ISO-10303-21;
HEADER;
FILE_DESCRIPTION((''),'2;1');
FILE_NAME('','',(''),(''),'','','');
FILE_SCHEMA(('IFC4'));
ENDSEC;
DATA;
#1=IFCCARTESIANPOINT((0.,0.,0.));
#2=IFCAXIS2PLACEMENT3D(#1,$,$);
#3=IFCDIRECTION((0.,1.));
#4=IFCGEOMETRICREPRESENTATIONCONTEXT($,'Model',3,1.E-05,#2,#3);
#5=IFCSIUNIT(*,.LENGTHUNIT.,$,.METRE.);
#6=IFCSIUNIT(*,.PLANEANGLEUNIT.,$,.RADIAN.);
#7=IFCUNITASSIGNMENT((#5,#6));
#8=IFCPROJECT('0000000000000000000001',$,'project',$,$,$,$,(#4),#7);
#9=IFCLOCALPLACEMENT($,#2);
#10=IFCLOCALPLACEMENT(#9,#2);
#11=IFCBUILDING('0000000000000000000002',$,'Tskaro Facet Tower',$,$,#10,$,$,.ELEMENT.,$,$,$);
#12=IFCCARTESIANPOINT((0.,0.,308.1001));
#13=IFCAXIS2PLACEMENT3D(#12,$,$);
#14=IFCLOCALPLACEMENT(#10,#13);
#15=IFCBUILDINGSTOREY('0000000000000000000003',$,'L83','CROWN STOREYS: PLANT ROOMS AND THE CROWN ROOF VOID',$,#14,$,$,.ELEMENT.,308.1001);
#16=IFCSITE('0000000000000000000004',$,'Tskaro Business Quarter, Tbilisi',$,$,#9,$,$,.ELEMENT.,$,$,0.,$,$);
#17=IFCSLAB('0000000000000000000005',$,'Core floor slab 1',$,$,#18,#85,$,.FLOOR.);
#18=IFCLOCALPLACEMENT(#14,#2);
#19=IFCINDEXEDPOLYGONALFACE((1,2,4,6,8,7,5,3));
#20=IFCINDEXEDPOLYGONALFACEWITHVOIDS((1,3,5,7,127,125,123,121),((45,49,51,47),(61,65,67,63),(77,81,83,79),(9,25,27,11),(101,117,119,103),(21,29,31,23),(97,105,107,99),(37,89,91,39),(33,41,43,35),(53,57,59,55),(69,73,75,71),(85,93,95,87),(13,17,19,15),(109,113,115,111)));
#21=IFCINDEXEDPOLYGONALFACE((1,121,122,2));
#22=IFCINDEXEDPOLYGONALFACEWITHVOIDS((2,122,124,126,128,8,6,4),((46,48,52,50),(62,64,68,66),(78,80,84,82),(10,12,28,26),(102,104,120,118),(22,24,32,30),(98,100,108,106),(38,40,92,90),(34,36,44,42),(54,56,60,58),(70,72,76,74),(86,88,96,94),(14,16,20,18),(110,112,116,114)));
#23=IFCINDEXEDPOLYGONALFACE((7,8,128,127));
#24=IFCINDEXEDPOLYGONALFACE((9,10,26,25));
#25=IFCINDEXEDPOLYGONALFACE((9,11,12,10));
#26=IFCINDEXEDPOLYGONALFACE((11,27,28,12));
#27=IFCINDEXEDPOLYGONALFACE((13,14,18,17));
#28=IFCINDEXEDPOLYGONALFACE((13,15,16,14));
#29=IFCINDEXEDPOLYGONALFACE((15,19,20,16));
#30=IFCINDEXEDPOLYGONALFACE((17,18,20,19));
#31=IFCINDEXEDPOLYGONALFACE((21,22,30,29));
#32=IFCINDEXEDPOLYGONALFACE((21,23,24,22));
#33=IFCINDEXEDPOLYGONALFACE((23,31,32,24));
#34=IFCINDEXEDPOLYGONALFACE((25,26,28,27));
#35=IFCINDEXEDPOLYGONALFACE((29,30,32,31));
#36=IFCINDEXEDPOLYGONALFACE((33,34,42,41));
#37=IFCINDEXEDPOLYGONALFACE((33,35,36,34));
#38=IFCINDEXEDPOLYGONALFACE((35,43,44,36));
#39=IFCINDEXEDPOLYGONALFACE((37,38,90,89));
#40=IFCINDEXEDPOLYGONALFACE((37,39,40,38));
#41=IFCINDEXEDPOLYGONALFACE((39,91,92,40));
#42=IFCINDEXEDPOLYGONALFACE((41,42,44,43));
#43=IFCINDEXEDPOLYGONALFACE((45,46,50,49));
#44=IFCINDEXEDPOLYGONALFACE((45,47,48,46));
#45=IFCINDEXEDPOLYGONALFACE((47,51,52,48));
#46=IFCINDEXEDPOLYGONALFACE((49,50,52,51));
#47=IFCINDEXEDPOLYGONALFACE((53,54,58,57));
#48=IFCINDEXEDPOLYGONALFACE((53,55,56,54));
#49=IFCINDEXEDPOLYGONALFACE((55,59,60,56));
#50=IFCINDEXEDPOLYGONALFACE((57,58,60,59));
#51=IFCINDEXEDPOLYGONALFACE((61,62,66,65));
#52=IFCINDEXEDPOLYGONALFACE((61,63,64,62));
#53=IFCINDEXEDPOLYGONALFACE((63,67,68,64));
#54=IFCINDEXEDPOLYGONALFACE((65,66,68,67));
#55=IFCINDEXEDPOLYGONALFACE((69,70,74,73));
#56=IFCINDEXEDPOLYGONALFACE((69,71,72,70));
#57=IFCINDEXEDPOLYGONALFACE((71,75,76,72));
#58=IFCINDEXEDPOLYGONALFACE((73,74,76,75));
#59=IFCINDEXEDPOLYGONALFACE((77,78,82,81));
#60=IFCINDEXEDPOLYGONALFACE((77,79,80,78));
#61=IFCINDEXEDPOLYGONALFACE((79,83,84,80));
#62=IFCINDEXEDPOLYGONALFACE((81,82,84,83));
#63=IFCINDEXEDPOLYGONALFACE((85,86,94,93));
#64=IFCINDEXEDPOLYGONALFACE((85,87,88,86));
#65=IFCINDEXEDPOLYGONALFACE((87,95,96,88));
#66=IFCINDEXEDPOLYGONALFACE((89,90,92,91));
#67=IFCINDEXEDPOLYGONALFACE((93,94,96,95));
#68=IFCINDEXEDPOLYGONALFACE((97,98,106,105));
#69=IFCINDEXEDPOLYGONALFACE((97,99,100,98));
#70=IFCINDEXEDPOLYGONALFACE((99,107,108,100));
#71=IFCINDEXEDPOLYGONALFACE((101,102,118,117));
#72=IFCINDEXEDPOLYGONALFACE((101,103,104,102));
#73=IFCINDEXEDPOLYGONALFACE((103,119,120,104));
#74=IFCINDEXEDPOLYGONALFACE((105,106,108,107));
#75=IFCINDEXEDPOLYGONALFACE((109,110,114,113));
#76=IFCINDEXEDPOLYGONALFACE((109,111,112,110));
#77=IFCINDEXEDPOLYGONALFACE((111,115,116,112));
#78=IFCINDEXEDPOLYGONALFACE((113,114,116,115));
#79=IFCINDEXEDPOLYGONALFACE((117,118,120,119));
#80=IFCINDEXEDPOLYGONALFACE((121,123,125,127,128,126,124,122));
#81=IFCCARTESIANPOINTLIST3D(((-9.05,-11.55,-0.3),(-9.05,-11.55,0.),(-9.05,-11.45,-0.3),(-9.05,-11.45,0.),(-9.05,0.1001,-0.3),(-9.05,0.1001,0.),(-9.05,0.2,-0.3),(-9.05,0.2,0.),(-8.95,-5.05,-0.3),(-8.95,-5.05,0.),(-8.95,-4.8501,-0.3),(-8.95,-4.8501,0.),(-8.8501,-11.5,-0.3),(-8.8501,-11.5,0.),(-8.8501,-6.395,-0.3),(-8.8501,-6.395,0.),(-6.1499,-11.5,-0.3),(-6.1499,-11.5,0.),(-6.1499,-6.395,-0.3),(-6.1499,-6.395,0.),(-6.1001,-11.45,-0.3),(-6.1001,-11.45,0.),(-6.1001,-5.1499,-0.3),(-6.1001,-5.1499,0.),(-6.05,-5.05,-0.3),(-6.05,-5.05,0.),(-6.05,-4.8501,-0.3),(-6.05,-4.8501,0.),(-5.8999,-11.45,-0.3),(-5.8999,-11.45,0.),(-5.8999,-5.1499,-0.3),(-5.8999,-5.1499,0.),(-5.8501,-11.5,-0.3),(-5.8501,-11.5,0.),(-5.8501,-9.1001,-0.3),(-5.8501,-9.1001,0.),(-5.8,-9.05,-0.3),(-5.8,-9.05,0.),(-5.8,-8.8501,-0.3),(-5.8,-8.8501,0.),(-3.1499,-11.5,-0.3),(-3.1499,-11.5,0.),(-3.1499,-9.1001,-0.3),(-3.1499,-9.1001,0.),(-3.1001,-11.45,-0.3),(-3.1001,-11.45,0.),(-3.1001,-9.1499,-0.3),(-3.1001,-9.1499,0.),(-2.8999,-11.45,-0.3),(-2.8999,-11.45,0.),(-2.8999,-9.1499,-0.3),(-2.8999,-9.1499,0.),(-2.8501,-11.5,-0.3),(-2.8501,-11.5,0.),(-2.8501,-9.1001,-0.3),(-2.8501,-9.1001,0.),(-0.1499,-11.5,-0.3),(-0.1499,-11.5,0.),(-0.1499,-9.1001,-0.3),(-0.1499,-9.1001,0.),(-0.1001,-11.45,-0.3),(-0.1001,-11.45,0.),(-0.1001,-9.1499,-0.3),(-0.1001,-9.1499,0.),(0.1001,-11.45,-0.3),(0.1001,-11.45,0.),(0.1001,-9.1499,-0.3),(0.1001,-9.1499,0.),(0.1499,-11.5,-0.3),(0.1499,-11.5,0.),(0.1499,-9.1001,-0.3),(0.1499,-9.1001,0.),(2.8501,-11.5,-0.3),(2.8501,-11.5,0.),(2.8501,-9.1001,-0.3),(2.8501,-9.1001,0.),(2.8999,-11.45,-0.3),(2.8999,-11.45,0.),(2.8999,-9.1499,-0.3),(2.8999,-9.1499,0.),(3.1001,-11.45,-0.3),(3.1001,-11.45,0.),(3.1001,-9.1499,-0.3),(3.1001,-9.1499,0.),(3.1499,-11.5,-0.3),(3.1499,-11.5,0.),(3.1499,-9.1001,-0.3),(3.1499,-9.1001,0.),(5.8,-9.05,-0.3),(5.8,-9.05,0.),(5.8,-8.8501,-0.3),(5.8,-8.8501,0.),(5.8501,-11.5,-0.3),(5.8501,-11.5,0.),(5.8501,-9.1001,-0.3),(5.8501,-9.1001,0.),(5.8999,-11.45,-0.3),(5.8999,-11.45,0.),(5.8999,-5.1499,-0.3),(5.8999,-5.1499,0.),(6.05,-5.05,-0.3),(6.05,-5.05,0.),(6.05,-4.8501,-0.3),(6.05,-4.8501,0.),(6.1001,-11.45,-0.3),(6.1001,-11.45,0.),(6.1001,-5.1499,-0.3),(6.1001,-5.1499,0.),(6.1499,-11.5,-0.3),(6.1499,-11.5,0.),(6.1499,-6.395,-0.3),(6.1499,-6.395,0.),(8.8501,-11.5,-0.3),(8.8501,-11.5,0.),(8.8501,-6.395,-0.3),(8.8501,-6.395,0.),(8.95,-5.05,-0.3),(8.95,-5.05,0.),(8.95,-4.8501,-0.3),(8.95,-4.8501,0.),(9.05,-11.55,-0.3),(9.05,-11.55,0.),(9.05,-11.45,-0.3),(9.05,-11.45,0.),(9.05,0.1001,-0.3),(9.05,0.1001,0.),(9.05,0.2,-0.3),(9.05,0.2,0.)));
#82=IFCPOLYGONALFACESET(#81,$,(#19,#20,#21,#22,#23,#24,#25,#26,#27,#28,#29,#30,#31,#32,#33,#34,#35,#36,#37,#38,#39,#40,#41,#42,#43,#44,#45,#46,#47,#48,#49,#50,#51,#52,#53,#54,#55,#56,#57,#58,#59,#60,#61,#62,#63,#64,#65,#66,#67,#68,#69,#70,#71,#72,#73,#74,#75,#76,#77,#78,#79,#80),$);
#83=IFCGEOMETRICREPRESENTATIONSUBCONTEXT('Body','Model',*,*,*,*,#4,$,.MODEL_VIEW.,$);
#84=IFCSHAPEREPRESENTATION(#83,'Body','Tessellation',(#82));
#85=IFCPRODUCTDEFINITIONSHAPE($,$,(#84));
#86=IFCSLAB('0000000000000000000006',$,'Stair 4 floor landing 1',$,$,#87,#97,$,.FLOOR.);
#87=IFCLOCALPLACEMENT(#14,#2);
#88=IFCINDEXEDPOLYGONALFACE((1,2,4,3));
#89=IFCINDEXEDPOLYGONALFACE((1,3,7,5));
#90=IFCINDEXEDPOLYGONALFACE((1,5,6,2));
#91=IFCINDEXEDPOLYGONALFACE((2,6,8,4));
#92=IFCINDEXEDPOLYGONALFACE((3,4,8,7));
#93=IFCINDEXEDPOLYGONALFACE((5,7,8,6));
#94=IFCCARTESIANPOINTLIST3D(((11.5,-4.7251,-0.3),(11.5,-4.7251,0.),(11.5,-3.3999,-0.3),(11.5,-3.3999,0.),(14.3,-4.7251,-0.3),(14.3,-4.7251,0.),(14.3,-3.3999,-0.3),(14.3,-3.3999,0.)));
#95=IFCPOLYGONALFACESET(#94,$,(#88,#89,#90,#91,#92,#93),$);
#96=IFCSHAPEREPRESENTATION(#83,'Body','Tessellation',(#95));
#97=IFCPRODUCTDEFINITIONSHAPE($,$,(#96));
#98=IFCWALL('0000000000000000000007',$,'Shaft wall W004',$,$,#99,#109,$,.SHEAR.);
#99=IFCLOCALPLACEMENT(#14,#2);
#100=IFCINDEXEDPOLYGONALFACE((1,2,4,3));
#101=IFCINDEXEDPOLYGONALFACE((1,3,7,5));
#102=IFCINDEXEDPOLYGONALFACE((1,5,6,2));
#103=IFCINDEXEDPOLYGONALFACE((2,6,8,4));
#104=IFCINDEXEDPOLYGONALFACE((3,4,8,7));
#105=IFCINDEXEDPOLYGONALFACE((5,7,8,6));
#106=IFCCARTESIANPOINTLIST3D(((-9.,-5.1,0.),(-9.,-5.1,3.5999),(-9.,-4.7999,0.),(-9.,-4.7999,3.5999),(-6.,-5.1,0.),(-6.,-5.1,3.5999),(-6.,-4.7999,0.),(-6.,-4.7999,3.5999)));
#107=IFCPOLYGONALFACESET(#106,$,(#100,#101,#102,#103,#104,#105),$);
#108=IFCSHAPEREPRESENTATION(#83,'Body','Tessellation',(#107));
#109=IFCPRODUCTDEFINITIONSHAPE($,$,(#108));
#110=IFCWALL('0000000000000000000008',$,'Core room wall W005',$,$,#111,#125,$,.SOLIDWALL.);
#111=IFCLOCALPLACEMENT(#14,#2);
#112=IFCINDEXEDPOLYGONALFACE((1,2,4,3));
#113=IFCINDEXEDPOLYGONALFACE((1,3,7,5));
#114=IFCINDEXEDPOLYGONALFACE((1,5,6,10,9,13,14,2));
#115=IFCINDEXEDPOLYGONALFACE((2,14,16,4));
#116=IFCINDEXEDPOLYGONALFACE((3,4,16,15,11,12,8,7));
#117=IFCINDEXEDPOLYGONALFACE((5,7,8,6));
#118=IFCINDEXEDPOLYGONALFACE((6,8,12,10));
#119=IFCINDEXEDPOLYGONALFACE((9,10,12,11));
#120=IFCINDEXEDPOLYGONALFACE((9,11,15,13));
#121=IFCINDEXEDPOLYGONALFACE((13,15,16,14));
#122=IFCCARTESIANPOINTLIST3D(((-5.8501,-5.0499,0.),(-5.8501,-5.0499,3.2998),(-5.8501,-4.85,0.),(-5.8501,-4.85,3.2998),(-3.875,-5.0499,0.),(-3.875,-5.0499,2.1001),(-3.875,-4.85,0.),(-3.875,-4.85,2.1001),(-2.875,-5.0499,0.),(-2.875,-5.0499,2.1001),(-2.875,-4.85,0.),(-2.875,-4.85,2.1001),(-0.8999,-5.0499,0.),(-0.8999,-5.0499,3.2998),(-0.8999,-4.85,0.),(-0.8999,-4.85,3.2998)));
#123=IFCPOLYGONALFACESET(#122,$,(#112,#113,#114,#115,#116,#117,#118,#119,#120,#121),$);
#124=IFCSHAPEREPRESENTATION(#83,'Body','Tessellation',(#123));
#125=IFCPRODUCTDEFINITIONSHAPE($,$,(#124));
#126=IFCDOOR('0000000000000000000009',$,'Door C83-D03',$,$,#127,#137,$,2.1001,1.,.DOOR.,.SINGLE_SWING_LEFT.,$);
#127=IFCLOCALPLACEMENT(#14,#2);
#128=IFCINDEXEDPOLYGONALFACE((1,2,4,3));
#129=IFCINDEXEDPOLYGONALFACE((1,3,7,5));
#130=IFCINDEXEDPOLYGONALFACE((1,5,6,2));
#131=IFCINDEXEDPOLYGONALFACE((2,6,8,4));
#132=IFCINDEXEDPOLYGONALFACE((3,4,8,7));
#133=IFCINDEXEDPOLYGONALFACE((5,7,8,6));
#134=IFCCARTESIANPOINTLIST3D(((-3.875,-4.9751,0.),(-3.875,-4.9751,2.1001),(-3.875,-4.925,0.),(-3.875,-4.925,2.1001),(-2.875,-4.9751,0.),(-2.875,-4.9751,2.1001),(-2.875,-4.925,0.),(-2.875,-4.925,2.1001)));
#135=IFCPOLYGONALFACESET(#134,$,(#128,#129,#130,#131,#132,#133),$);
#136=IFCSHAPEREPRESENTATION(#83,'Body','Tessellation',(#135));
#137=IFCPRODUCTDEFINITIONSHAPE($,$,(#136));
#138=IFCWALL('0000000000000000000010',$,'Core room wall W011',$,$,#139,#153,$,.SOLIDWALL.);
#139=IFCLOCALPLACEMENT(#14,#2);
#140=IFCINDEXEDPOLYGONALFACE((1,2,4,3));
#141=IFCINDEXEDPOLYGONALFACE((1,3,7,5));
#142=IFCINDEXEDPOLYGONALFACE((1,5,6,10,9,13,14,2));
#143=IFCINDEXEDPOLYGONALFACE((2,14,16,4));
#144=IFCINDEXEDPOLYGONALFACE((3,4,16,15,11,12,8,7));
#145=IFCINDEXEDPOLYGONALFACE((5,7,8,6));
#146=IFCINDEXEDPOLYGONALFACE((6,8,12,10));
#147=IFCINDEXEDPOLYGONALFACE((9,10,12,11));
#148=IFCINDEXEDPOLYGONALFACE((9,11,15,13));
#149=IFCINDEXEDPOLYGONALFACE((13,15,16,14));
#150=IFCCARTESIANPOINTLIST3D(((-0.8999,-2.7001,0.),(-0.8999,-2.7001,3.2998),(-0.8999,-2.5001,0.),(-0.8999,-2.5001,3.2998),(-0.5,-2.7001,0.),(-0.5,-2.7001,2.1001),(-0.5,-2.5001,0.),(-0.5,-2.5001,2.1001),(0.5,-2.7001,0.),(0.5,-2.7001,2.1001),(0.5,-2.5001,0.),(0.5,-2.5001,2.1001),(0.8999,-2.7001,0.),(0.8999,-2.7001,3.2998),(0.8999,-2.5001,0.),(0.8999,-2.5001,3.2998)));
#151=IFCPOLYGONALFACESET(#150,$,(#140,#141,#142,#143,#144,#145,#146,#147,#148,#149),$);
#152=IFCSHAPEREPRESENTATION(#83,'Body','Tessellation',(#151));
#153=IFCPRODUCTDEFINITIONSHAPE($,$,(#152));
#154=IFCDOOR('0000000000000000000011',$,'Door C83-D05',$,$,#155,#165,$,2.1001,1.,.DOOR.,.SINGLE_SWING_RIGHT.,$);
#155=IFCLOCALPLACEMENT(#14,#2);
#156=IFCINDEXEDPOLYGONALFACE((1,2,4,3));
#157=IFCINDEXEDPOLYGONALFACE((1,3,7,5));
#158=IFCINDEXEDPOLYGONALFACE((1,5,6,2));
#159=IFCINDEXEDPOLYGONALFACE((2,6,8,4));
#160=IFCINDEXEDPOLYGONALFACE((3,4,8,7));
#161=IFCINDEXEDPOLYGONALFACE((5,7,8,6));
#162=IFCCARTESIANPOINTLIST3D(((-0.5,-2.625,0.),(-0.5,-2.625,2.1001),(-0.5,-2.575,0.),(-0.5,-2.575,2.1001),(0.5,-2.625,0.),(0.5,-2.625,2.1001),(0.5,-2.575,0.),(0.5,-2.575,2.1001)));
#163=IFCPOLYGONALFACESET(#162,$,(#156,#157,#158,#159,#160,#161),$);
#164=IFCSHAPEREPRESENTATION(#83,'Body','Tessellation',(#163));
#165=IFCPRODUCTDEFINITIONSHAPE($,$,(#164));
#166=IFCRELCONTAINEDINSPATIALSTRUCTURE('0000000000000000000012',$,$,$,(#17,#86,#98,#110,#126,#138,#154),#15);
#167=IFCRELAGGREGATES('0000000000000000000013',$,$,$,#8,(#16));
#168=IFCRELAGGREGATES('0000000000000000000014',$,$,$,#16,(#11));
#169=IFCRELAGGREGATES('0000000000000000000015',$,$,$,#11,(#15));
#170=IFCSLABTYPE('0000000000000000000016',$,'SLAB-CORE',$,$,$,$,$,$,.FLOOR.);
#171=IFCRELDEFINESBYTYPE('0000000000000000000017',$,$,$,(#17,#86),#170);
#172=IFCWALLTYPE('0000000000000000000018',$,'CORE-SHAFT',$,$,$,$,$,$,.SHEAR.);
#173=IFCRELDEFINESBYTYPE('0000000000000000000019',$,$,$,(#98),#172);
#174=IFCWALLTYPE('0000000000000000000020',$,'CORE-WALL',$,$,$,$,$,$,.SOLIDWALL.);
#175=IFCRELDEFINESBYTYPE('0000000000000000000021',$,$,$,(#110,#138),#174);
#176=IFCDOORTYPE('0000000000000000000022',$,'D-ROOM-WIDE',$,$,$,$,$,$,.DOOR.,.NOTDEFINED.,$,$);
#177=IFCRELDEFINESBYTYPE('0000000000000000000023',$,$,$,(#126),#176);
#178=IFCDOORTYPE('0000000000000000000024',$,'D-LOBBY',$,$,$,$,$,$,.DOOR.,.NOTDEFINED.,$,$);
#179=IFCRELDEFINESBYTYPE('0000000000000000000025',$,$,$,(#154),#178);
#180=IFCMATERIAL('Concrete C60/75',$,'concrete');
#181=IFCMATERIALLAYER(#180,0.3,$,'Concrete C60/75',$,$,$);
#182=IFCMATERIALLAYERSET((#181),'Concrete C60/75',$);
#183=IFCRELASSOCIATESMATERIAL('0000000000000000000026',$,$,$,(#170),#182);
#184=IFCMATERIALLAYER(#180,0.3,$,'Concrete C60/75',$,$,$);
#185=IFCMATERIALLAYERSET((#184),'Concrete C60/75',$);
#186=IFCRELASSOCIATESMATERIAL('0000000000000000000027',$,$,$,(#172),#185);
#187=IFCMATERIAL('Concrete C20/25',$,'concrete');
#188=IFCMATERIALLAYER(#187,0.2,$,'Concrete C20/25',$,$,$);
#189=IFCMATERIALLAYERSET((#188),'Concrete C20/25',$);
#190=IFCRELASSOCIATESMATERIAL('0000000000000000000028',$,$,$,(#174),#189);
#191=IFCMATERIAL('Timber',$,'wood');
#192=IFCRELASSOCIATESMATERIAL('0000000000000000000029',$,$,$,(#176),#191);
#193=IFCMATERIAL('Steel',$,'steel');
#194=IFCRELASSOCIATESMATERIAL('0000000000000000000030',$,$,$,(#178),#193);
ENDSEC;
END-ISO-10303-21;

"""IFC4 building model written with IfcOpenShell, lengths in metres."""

from ifc_helpers import new_model, si_unit, direction, frame, frame_2d, origin, place, context, subcontext, project, spatial, polyline, rectangle, outline, extrude, material, layer, layer_set, type_object, element, fill, save


model = new_model("IFC4")

# Units and contexts
model_context = context("Model", 3, precision=1e-05, world=origin(), true_north=direction((0.0, 1.0)))
body_context = subcontext(model_context, "Body", "Model", "MODEL_VIEW")
ifc_project = project(units=[si_unit("LENGTHUNIT", "METRE"), si_unit("PLANEANGLEUNIT", "RADIAN")], contexts=[model_context])

# Site, building, storey
site_placement = place(None, origin())
site = spatial("IfcSite", under=ifc_project, at=site_placement, Name="Tskaro Business Quarter, Tbilisi", CompositionType="ELEMENT", RefElevation=0.0)
building_placement = place(site_placement, origin())
building = spatial("IfcBuilding", under=site, at=building_placement, Name="Tskaro Facet Tower", CompositionType="ELEMENT")
storey_placement = place(building_placement, frame((0.0, 0.0, 308.1001)))
storey = spatial("IfcBuildingStorey", under=building, at=storey_placement, Name="L83", Description="CROWN STOREYS: PLANT ROOMS AND THE CROWN ROOF VOID", CompositionType="ELEMENT", Elevation=308.1001)

# Slabs
ifc_material_1 = material(Name="Concrete C60/75", Category="concrete")
ifc_layer_1 = layer(ifc_material_1, 0.3, Name="Concrete C60/75")
ifc_layer_set_1 = layer_set([ifc_layer_1], Name="Concrete C60/75")
slab_type_1 = type_object("IfcSlabType", Name="SLAB-CORE", PredefinedType="FLOOR", material=ifc_layer_set_1)
slab_1_placement = place(storey_placement, frame((0.0, 0.0, -0.3)))
element("IfcSlab", 1, at=slab_1_placement, inside=storey, type_object=slab_type_1, Name="Core floor slab 1", PredefinedType="FLOOR", context=body_context, shape_type="SweptSolid", body=[
    extrude(outline(polyline([(-9.05, 0.2), (9.05, 0.2), (9.05, 0.1001), (9.05, -11.45), (9.05, -11.55), (-9.05, -11.55), (-9.05, -11.45), (-9.05, 0.1001), (-9.05, 0.2)]), holes=[polyline([(-5.8501, -11.5), (-3.1499, -11.5), (-3.1499, -9.1001), (-5.8501, -9.1001), (-5.8501, -11.5)]), polyline([(-2.8999, -11.45), (-2.8999, -9.1499), (-3.1001, -9.1499), (-3.1001, -11.45), (-2.8999, -11.45)]), polyline([(-2.8501, -9.1001), (-2.8501, -11.5), (-0.1499, -11.5), (-0.1499, -9.1001), (-2.8501, -9.1001)]), polyline([(-0.1001, -11.45), (0.1001, -11.45), (0.1001, -9.1499), (-0.1001, -9.1499), (-0.1001, -11.45)]), polyline([(5.8, -9.05), (5.8, -8.8501), (-5.8, -8.8501), (-5.8, -9.05), (5.8, -9.05)]), polyline([(-5.8999, -11.45), (-5.8999, -5.1499), (-6.1001, -5.1499), (-6.1001, -11.45), (-5.8999, -11.45)]), polyline([(-8.95, -5.05), (-6.05, -5.05), (-6.05, -4.8501), (-8.95, -4.8501), (-8.95, -5.05)]), polyline([(0.1499, -11.5), (2.8501, -11.5), (2.8501, -9.1001), (0.1499, -9.1001), (0.1499, -11.5)]), polyline([(3.1001, -11.45), (3.1001, -9.1499), (2.8999, -9.1499), (2.8999, -11.45), (3.1001, -11.45)]), polyline([(3.1499, -11.5), (5.8501, -11.5), (5.8501, -9.1001), (3.1499, -9.1001), (3.1499, -11.5)]), polyline([(5.8999, -11.45), (6.1001, -11.45), (6.1001, -5.1499), (5.8999, -5.1499), (5.8999, -11.45)]), polyline([(6.05, -5.05), (8.95, -5.05), (8.95, -4.8501), (6.05, -4.8501), (6.05, -5.05)]), polyline([(-8.8501, -11.5), (-6.1499, -11.5), (-6.1499, -6.395), (-8.8501, -6.395), (-8.8501, -11.5)]), polyline([(6.1499, -6.395), (6.1499, -11.5), (8.8501, -11.5), (8.8501, -6.395), (6.1499, -6.395)])]), origin(), (0.0, 0.0, 1.0), 0.3),
])
slab_2_placement = place(storey_placement, frame((0.0, 0.0, -0.3)))
element("IfcSlab", 2, at=slab_2_placement, inside=storey, type_object=slab_type_1, Name="Stair 4 floor landing 1", PredefinedType="FLOOR", context=body_context, shape_type="SweptSolid", body=[
    extrude(outline(polyline([(11.5, -4.7251), (14.3, -4.7251), (14.3, -3.3999), (11.5, -3.3999), (11.5, -4.7251)])), origin(), (0.0, 0.0, 1.0), 0.3),
])

# Wall
ifc_layer_2 = layer(ifc_material_1, 0.3, Name="Concrete C60/75")
ifc_layer_set_2 = layer_set([ifc_layer_2], Name="Concrete C60/75")
wall_type_1 = type_object("IfcWallType", Name="CORE-SHAFT", PredefinedType="SHEAR", material=ifc_layer_set_2)
wall_1_placement = place(storey_placement, frame((-9.0, -4.95, 0.0), z_axis=(0.0, 0.0, 1.0), x_axis=(1.0, 0.0, 0.0)))
element("IfcWall", 3, at=wall_1_placement, inside=storey, type_object=wall_type_1, Name="Shaft wall W004", PredefinedType="SHEAR", context=body_context, shape_type="SweptSolid", body=[
    extrude(rectangle(XDim=3.0, YDim=0.3, at=frame_2d((1.5, 0.0))), origin(), (0.0, 0.0, 1.0), 3.5999),
])

# Walls, openings, doors
ifc_material_2 = material(Name="Concrete C20/25", Category="concrete")
ifc_layer_3 = layer(ifc_material_2, 0.2, Name="Concrete C20/25")
ifc_layer_set_3 = layer_set([ifc_layer_3], Name="Concrete C20/25")
wall_type_2 = type_object("IfcWallType", Name="CORE-WALL", PredefinedType="SOLIDWALL", material=ifc_layer_set_3)
wall_2_placement = place(storey_placement, frame((-5.8501, -4.95, 0.0), z_axis=(0.0, 0.0, 1.0), x_axis=(1.0, 0.0, 0.0)))
wall_2 = element("IfcWall", 4, at=wall_2_placement, inside=storey, type_object=wall_type_2, Name="Core room wall W005", PredefinedType="SOLIDWALL", context=body_context, shape_type="SweptSolid", body=[
    extrude(rectangle(XDim=4.9502, YDim=0.2, at=frame_2d((2.4751, 0.0))), origin(), (0.0, 0.0, 1.0), 3.2998),
])
opening_1_placement = place(wall_2_placement, frame((1.9751, 0.0, 0.0)))
opening_1 = element("IfcOpeningElement", 5, at=opening_1_placement, cuts=wall_2, PredefinedType="OPENING", context=body_context, shape_type="SweptSolid", body=[
    extrude(rectangle(XDim=1.0, YDim=2.1001, at=frame_2d((0.5, 1.05))), frame((0.0, 0.1099, 0.0), z_axis=(0.0, -1.0, 0.0), x_axis=(1.0, 0.0, 0.0)), (0.0, 0.0, 1.0), 0.22),
])
ifc_material_3 = material(Name="Timber", Category="wood")
door_type_1 = type_object("IfcDoorType", Name="D-ROOM-WIDE", OperationType="NOTDEFINED", PredefinedType="DOOR", material=ifc_material_3)
door_1_placement = place(opening_1_placement, origin())
door_1 = element("IfcDoor", 6, at=door_1_placement, inside=storey, type_object=door_type_1, Name="Door C83-D03", OperationType="SINGLE_SWING_LEFT", OverallHeight=2.1001, OverallWidth=1.0, PredefinedType="DOOR", context=body_context, shape_type="SweptSolid", body=[
    extrude(rectangle(XDim=1.0, YDim=2.1001, at=frame_2d((0.5, 1.05))), frame((0.0, 0.0249, 0.0), z_axis=(0.0, -1.0, 0.0), x_axis=(1.0, 0.0, 0.0)), (0.0, 0.0, 1.0), 0.05),
])
fill(opening_1, door_1)
wall_3_placement = place(storey_placement, frame((0.8999, -2.6001, 0.0), z_axis=(0.0, 0.0, 1.0), x_axis=(-1.0, 0.0, 0.0)))
wall_3 = element("IfcWall", 7, at=wall_3_placement, inside=storey, type_object=wall_type_2, Name="Core room wall W011", PredefinedType="SOLIDWALL", context=body_context, shape_type="SweptSolid", body=[
    extrude(rectangle(XDim=1.7998, YDim=0.2, at=frame_2d((0.8999, 0.0))), origin(), (0.0, 0.0, 1.0), 3.2998),
])
opening_2_placement = place(wall_3_placement, frame((0.3999, 0.0, 0.0)))
opening_2 = element("IfcOpeningElement", 8, at=opening_2_placement, cuts=wall_3, PredefinedType="OPENING", context=body_context, shape_type="SweptSolid", body=[
    extrude(rectangle(XDim=1.0, YDim=2.1001, at=frame_2d((0.5, 1.05))), frame((0.0, 0.1099, 0.0), z_axis=(0.0, -1.0, 0.0), x_axis=(1.0, 0.0, 0.0)), (0.0, 0.0, 1.0), 0.22),
])
ifc_material_4 = material(Name="Steel", Category="steel")
door_type_2 = type_object("IfcDoorType", Name="D-LOBBY", OperationType="NOTDEFINED", PredefinedType="DOOR", material=ifc_material_4)
door_2_placement = place(opening_2_placement, origin())
door_2 = element("IfcDoor", 9, at=door_2_placement, inside=storey, type_object=door_type_2, Name="Door C83-D05", OperationType="SINGLE_SWING_RIGHT", OverallHeight=2.1001, OverallWidth=1.0, PredefinedType="DOOR", context=body_context, shape_type="SweptSolid", body=[
    extrude(rectangle(XDim=1.0, YDim=2.1001, at=frame_2d((0.5, 1.05))), frame((0.0, 0.0249, 0.0), z_axis=(0.0, -1.0, 0.0), x_axis=(1.0, 0.0, 0.0)), (0.0, 0.0, 1.0), 0.05),
])
fill(opening_2, door_2)

save(model, "model.ifc")
